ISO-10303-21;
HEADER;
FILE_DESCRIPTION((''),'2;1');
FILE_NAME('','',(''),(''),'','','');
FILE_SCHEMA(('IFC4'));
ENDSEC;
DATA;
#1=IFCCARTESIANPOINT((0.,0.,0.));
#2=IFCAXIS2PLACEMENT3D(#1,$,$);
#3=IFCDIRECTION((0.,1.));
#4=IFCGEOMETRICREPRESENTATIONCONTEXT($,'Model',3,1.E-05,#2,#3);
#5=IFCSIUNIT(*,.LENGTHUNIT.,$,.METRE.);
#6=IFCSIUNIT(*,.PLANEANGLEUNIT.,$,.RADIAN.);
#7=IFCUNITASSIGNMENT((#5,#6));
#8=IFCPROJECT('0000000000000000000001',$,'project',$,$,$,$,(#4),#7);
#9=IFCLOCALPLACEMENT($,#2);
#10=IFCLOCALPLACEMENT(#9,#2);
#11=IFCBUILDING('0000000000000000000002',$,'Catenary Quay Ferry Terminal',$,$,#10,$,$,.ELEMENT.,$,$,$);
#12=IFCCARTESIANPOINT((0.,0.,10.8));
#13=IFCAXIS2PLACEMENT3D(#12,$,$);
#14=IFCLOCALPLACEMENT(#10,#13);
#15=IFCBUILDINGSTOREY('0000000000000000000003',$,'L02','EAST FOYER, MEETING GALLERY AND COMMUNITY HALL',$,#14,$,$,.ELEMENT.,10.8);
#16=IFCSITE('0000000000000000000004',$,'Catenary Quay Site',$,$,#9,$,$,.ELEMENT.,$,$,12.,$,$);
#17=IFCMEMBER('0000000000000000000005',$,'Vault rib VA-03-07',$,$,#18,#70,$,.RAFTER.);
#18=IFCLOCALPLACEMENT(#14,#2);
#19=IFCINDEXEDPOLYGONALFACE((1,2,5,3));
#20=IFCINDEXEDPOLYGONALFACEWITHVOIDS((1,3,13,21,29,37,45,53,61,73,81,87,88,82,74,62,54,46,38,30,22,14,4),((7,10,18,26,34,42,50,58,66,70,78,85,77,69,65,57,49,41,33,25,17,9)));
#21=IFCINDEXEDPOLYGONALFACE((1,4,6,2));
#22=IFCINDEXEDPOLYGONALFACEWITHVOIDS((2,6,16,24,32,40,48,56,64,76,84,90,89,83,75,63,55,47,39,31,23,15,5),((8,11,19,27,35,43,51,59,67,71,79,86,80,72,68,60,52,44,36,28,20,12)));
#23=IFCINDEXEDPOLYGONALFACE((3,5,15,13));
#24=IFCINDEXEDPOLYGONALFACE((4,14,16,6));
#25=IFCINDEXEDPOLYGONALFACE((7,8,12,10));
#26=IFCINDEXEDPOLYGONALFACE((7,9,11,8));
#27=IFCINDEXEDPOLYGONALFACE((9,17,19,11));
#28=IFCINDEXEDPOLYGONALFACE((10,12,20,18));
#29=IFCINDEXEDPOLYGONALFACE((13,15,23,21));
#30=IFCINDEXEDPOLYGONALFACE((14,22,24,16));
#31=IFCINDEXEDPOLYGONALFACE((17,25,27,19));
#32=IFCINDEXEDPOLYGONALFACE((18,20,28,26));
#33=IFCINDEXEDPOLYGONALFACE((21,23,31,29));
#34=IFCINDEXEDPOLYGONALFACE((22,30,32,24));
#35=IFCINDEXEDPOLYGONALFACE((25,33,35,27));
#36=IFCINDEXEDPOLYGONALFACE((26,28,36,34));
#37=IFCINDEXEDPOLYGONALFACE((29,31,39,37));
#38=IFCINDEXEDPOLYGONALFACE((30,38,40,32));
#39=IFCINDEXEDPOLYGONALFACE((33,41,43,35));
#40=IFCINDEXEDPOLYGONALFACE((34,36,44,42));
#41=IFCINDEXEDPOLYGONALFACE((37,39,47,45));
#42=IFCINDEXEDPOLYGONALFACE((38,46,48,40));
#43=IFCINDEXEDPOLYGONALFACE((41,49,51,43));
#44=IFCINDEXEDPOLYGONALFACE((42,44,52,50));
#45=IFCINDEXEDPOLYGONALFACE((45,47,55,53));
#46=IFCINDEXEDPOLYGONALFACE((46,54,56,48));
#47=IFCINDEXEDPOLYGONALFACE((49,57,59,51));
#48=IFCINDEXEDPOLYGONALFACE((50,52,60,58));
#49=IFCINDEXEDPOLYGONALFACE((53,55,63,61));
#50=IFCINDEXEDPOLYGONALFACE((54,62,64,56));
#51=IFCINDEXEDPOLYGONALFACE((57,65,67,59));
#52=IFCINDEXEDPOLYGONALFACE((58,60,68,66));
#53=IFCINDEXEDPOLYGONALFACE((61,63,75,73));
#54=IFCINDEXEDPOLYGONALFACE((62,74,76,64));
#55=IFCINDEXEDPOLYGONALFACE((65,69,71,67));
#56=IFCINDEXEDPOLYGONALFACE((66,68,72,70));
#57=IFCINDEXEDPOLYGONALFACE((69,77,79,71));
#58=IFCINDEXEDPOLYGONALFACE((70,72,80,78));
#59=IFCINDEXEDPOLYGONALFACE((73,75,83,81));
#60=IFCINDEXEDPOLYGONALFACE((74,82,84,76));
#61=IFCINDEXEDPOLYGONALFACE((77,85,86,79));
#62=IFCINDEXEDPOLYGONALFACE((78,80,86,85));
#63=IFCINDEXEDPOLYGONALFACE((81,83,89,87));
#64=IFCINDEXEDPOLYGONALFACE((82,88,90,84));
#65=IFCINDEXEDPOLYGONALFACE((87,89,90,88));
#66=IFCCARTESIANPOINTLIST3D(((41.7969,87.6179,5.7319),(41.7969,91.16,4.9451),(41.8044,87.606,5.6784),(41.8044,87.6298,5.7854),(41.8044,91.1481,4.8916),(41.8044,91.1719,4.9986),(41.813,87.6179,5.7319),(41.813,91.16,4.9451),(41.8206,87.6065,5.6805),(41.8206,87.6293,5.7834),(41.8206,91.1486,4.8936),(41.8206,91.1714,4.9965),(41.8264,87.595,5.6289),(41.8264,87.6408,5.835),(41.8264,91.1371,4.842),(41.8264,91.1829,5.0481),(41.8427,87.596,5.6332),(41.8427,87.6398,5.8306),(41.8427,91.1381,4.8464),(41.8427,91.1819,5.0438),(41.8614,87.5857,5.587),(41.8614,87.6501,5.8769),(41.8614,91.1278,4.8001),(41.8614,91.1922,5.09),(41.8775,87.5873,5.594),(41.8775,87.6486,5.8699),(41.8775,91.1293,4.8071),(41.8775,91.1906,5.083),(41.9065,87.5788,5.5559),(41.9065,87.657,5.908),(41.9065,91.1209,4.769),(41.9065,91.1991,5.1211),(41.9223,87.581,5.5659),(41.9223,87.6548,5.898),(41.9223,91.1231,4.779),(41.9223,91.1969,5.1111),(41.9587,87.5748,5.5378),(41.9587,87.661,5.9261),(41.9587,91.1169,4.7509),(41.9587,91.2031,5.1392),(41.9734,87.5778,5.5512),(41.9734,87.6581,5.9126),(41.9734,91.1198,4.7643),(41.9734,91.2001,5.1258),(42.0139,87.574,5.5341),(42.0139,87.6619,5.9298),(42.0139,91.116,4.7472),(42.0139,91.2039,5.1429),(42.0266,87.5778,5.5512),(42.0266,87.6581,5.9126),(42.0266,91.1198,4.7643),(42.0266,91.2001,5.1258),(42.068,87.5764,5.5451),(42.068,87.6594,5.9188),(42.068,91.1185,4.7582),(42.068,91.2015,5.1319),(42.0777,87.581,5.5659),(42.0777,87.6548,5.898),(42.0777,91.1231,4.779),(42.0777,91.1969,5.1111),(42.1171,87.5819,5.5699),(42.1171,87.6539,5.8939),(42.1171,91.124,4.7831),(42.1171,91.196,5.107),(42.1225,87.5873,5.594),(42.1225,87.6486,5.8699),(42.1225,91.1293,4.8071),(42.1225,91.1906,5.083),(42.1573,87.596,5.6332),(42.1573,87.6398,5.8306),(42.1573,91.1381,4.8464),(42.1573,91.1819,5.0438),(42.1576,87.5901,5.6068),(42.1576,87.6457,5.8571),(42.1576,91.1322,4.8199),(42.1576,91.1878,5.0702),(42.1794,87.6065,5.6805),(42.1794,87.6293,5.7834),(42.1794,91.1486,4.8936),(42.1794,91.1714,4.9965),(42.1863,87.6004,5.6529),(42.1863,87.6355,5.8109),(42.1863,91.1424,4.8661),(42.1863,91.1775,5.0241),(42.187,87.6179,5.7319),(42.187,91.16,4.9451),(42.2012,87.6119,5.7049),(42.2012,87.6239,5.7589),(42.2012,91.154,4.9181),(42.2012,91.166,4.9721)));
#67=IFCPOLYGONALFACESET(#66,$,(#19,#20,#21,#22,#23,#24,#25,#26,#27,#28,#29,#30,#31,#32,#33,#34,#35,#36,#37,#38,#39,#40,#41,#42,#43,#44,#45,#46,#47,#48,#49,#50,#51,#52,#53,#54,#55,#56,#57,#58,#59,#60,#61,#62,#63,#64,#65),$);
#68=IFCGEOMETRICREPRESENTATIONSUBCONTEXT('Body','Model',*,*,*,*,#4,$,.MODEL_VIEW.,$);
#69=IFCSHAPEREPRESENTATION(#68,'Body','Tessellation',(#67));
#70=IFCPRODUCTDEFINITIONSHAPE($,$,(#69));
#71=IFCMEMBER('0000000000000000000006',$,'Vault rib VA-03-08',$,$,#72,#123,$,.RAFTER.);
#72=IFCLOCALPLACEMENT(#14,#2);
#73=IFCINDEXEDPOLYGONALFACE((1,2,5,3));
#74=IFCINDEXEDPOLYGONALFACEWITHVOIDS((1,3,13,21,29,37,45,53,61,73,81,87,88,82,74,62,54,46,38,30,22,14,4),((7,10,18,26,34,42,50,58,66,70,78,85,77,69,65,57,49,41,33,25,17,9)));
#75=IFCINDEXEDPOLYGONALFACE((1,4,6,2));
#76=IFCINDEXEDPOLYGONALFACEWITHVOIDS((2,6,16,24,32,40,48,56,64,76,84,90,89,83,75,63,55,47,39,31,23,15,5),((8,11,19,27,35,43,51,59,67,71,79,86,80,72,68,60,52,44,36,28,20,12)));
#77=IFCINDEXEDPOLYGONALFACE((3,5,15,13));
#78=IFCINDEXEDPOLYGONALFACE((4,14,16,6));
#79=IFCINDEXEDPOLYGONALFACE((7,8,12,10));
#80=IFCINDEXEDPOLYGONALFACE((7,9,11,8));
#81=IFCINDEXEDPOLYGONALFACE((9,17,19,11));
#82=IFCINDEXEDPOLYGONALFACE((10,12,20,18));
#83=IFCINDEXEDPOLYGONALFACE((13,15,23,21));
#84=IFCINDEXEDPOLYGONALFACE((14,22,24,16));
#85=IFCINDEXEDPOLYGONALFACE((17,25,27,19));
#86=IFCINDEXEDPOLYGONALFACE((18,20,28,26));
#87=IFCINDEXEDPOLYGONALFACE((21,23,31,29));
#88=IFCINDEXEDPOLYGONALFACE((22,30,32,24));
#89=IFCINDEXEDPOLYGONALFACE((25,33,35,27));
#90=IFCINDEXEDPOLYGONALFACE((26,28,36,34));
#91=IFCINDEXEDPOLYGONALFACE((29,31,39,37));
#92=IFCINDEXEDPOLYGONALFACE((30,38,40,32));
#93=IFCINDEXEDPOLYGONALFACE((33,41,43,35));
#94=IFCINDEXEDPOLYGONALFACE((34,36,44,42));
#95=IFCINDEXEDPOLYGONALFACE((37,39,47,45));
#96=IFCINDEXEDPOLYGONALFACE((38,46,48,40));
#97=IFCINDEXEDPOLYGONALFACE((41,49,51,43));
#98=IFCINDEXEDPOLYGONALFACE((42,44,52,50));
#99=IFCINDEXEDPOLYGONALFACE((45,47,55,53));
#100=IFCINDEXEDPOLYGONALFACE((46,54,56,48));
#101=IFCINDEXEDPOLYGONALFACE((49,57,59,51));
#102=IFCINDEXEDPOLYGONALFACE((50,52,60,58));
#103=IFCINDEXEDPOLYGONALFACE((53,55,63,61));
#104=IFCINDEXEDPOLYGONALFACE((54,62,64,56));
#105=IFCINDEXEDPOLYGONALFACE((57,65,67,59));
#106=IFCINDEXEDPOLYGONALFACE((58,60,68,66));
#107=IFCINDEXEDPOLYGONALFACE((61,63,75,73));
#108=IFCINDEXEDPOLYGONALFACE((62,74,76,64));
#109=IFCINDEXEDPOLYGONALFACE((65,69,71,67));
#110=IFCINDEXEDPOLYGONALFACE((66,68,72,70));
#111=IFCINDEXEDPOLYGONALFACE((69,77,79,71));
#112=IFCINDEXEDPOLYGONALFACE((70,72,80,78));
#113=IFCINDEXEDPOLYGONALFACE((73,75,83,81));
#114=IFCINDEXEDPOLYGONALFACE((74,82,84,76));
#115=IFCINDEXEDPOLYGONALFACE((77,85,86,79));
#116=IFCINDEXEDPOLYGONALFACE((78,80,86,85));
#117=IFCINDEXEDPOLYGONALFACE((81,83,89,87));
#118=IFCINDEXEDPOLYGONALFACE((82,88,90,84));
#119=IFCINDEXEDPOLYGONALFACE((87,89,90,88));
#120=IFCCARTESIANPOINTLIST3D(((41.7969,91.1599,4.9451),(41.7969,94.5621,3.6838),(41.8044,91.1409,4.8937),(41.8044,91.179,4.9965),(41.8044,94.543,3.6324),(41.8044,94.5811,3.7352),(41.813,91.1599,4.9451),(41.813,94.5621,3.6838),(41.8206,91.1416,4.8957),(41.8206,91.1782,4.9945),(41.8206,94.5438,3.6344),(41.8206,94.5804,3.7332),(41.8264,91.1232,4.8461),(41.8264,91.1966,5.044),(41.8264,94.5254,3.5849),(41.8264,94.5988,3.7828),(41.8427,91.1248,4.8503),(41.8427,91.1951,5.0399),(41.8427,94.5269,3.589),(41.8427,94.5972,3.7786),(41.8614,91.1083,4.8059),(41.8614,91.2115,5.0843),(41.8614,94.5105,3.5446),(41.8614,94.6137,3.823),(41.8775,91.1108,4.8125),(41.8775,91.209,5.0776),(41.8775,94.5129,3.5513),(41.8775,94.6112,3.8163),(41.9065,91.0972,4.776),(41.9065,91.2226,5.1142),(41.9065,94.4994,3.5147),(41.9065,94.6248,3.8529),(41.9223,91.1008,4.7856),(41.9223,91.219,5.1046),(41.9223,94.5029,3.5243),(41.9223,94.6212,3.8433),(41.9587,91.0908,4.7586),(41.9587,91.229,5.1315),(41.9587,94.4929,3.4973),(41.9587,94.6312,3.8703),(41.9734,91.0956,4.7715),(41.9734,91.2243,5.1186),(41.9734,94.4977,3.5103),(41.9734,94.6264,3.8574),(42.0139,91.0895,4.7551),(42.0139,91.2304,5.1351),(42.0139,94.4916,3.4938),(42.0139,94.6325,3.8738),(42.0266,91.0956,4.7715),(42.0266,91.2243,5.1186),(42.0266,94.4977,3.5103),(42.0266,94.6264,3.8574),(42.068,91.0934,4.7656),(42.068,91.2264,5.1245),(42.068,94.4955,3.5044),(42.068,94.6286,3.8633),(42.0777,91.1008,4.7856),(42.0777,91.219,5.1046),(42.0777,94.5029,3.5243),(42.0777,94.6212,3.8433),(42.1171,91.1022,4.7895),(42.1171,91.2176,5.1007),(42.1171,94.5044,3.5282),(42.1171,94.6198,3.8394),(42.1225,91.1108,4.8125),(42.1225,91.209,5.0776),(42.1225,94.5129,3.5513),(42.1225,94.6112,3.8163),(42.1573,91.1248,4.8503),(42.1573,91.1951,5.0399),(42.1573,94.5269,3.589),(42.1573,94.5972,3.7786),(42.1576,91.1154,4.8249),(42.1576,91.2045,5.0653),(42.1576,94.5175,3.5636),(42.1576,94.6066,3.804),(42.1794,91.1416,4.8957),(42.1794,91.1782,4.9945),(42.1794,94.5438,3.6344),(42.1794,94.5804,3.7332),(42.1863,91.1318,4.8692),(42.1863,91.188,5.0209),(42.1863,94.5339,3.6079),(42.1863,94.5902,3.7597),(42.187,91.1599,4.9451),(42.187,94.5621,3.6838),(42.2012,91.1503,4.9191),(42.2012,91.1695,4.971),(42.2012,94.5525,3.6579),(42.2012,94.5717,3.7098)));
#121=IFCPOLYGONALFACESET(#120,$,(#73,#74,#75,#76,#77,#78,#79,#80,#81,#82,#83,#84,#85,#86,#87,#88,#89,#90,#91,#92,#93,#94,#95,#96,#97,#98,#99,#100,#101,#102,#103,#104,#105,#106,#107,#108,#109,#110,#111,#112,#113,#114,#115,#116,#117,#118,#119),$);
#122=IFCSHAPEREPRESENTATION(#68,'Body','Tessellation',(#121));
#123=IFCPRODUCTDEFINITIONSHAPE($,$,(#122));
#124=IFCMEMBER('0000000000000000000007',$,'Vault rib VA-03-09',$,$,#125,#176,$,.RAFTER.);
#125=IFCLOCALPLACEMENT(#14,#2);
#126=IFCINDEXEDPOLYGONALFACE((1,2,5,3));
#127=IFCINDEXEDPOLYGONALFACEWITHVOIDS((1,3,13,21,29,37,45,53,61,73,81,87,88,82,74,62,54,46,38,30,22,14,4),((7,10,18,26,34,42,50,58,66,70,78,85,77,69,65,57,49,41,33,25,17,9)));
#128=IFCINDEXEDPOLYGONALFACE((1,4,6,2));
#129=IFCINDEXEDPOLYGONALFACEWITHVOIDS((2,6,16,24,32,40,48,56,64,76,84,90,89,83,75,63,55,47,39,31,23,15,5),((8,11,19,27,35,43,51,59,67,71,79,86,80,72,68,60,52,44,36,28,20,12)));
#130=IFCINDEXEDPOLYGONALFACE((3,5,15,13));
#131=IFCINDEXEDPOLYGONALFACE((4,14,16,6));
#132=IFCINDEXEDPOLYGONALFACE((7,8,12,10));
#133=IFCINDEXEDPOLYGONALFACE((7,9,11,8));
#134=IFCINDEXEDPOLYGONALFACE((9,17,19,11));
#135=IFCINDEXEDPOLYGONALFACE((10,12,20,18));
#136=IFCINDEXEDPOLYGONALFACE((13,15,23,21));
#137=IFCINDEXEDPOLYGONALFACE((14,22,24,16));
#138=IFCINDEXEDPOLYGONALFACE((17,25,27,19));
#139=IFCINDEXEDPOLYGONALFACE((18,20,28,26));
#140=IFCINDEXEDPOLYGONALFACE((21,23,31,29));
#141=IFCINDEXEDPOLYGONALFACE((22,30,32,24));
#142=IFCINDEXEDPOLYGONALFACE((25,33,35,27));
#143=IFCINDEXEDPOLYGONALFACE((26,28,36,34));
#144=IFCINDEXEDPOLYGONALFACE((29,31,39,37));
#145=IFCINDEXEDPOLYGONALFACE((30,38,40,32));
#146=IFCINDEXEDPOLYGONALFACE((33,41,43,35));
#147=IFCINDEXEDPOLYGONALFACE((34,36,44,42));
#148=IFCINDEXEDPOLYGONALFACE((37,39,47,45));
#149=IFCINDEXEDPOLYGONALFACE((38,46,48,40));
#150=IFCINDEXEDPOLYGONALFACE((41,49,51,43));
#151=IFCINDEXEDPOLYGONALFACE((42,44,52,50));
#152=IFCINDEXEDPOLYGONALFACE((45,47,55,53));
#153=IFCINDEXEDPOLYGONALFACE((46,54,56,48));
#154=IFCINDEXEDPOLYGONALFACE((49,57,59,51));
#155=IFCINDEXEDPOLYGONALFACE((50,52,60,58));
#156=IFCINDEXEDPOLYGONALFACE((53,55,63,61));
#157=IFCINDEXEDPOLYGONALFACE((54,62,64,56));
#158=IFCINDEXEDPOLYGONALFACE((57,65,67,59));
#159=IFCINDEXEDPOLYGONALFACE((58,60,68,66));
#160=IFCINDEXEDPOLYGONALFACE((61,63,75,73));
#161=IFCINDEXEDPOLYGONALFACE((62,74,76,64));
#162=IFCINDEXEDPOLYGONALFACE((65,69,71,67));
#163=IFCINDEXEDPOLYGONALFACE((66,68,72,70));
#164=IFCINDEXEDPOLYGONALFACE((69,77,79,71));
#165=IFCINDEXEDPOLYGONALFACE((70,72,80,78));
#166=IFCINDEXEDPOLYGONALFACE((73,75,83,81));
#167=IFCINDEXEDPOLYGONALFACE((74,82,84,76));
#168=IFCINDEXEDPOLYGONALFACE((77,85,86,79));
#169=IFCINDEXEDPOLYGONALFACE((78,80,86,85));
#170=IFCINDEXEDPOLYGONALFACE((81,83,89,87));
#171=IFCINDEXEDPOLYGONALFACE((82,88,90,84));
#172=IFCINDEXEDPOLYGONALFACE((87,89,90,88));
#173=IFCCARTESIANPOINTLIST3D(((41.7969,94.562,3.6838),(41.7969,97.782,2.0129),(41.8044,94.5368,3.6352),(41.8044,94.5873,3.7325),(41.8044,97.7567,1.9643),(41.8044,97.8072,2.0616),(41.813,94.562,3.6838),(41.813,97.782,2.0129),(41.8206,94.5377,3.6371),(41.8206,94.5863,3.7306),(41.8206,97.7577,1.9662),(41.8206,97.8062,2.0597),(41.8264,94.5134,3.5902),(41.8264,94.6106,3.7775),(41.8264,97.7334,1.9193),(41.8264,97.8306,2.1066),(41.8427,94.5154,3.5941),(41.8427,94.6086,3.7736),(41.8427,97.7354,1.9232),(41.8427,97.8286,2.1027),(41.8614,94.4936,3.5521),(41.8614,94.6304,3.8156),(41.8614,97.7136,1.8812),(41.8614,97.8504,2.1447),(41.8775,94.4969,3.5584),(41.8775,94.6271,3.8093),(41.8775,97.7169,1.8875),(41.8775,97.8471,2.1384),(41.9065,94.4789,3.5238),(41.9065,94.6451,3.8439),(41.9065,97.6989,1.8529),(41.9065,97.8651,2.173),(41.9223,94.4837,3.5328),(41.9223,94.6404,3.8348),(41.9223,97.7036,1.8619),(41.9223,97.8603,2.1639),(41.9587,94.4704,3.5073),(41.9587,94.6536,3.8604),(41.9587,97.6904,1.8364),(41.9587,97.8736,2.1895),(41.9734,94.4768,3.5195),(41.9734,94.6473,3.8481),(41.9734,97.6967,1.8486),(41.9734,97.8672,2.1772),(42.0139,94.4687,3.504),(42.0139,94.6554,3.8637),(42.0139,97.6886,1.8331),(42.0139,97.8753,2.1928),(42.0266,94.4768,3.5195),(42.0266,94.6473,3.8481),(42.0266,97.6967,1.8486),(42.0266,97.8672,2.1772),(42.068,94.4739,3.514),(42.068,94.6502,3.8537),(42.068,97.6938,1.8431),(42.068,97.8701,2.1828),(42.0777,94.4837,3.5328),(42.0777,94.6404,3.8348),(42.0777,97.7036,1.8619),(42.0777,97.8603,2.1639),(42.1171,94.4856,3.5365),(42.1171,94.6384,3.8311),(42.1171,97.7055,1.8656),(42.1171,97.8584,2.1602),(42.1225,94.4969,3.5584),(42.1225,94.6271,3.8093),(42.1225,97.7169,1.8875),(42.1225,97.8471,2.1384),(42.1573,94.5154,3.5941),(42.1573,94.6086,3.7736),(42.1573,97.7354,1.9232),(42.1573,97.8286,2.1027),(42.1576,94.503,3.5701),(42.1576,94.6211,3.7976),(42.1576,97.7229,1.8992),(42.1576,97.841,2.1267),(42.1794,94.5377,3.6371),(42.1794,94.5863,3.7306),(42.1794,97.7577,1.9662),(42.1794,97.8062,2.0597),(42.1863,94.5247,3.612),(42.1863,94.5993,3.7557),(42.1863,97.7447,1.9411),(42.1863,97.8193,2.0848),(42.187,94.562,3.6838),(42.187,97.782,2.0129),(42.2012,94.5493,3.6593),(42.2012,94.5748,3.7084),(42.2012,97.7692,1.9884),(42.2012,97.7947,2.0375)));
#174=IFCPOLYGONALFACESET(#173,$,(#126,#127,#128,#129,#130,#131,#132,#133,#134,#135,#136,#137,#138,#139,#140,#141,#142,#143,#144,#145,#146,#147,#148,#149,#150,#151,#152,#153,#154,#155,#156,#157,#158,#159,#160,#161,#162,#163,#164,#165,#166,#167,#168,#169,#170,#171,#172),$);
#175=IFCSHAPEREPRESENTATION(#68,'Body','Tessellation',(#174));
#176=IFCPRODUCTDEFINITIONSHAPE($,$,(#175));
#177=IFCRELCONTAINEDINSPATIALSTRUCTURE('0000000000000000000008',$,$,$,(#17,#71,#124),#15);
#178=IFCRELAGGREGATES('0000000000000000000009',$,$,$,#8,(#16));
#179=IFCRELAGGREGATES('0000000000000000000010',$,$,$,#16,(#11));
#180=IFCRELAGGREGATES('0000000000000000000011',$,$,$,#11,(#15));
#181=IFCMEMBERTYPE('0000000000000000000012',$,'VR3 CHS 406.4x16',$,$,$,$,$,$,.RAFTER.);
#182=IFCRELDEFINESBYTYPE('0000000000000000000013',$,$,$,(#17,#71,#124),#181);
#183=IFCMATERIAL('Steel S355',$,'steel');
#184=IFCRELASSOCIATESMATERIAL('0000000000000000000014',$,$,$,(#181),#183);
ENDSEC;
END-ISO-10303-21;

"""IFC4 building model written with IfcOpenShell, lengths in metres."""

from ifc_helpers import new_model, si_unit, direction, frame, origin, origin_2d, place, context, subcontext, project, spatial, hollow_circle, extrude, material, material_profile, profile_set, type_object, element, save


model = new_model("IFC4")

# Units and contexts
model_context = context("Model", 3, precision=1e-05, world=origin(), true_north=direction((0.0, 1.0)))
body_context = subcontext(model_context, "Body", "Model", "MODEL_VIEW")
ifc_project = project(units=[si_unit("LENGTHUNIT", "METRE"), si_unit("PLANEANGLEUNIT", "RADIAN")], contexts=[model_context])

# Site, building, storey
site_placement = place(None, origin())
site = spatial("IfcSite", under=ifc_project, at=site_placement, Name="Catenary Quay Site", CompositionType="ELEMENT", RefElevation=12.0)
building_placement = place(site_placement, origin())
building = spatial("IfcBuilding", under=site, at=building_placement, Name="Catenary Quay Ferry Terminal", CompositionType="ELEMENT")
storey_placement = place(building_placement, frame((0.0, 0.0, 10.8)))
storey = spatial("IfcBuildingStorey", under=building, at=storey_placement, Name="L02", Description="EAST FOYER, MEETING GALLERY AND COMMUNITY HALL", CompositionType="ELEMENT", Elevation=10.8)

# Members
ifc_material_1 = material(Name="Steel S355", Category="steel")
ifc_material_profile_1 = material_profile(ifc_material_1, hollow_circle(Radius=0.2031, WallThickness=0.0161, at=origin_2d()), Name="CHS 406.4x16")
ifc_profile_set_1 = profile_set([ifc_material_profile_1], Name="Steel S355")
member_type_1 = type_object("IfcMemberType", Name="VR3 CHS 406.4x16", PredefinedType="RAFTER", material=ifc_profile_set_1)
for number, where, z_axis, x_axis, name in (
    (1, (42.0, 87.6179, 5.7319), (0.0, 0.976201, -0.216866), (-1.0, 0.0, 0.0), "Vault rib VA-03-07"),
    (2, (42.0, 91.1599, 4.9451), (0.0, 0.937642, -0.347604), (-1.0, 0.0, 0.0), "Vault rib VA-03-08"),
):
    element("IfcMember", number, at=place(storey_placement, frame(where, z_axis=z_axis, x_axis=x_axis)), inside=storey, type_object=member_type_1, Name=name, PredefinedType="RAFTER", context=body_context, shape_type="SweptSolid", body=[
        extrude(hollow_circle(Radius=0.2031, WallThickness=0.0161, at=origin_2d()), origin(), (0.0, 0.0, 1.0), 3.6284),
    ])
for number, where, z_axis, x_axis, name in (
    (3, (42.0, 94.562, 3.6838), (0.0, 0.88761, -0.460596), (-1.0, 0.0, 0.0), "Vault rib VA-03-09"),
):
    element("IfcMember", number, at=place(storey_placement, frame(where, z_axis=z_axis, x_axis=x_axis)), inside=storey, type_object=member_type_1, Name=name, PredefinedType="RAFTER", context=body_context, shape_type="SweptSolid", body=[
        extrude(hollow_circle(Radius=0.2031, WallThickness=0.0161, at=origin_2d()), origin(), (0.0, 0.0, 1.0), 3.6277),
    ])

save(model, "model.ifc")
